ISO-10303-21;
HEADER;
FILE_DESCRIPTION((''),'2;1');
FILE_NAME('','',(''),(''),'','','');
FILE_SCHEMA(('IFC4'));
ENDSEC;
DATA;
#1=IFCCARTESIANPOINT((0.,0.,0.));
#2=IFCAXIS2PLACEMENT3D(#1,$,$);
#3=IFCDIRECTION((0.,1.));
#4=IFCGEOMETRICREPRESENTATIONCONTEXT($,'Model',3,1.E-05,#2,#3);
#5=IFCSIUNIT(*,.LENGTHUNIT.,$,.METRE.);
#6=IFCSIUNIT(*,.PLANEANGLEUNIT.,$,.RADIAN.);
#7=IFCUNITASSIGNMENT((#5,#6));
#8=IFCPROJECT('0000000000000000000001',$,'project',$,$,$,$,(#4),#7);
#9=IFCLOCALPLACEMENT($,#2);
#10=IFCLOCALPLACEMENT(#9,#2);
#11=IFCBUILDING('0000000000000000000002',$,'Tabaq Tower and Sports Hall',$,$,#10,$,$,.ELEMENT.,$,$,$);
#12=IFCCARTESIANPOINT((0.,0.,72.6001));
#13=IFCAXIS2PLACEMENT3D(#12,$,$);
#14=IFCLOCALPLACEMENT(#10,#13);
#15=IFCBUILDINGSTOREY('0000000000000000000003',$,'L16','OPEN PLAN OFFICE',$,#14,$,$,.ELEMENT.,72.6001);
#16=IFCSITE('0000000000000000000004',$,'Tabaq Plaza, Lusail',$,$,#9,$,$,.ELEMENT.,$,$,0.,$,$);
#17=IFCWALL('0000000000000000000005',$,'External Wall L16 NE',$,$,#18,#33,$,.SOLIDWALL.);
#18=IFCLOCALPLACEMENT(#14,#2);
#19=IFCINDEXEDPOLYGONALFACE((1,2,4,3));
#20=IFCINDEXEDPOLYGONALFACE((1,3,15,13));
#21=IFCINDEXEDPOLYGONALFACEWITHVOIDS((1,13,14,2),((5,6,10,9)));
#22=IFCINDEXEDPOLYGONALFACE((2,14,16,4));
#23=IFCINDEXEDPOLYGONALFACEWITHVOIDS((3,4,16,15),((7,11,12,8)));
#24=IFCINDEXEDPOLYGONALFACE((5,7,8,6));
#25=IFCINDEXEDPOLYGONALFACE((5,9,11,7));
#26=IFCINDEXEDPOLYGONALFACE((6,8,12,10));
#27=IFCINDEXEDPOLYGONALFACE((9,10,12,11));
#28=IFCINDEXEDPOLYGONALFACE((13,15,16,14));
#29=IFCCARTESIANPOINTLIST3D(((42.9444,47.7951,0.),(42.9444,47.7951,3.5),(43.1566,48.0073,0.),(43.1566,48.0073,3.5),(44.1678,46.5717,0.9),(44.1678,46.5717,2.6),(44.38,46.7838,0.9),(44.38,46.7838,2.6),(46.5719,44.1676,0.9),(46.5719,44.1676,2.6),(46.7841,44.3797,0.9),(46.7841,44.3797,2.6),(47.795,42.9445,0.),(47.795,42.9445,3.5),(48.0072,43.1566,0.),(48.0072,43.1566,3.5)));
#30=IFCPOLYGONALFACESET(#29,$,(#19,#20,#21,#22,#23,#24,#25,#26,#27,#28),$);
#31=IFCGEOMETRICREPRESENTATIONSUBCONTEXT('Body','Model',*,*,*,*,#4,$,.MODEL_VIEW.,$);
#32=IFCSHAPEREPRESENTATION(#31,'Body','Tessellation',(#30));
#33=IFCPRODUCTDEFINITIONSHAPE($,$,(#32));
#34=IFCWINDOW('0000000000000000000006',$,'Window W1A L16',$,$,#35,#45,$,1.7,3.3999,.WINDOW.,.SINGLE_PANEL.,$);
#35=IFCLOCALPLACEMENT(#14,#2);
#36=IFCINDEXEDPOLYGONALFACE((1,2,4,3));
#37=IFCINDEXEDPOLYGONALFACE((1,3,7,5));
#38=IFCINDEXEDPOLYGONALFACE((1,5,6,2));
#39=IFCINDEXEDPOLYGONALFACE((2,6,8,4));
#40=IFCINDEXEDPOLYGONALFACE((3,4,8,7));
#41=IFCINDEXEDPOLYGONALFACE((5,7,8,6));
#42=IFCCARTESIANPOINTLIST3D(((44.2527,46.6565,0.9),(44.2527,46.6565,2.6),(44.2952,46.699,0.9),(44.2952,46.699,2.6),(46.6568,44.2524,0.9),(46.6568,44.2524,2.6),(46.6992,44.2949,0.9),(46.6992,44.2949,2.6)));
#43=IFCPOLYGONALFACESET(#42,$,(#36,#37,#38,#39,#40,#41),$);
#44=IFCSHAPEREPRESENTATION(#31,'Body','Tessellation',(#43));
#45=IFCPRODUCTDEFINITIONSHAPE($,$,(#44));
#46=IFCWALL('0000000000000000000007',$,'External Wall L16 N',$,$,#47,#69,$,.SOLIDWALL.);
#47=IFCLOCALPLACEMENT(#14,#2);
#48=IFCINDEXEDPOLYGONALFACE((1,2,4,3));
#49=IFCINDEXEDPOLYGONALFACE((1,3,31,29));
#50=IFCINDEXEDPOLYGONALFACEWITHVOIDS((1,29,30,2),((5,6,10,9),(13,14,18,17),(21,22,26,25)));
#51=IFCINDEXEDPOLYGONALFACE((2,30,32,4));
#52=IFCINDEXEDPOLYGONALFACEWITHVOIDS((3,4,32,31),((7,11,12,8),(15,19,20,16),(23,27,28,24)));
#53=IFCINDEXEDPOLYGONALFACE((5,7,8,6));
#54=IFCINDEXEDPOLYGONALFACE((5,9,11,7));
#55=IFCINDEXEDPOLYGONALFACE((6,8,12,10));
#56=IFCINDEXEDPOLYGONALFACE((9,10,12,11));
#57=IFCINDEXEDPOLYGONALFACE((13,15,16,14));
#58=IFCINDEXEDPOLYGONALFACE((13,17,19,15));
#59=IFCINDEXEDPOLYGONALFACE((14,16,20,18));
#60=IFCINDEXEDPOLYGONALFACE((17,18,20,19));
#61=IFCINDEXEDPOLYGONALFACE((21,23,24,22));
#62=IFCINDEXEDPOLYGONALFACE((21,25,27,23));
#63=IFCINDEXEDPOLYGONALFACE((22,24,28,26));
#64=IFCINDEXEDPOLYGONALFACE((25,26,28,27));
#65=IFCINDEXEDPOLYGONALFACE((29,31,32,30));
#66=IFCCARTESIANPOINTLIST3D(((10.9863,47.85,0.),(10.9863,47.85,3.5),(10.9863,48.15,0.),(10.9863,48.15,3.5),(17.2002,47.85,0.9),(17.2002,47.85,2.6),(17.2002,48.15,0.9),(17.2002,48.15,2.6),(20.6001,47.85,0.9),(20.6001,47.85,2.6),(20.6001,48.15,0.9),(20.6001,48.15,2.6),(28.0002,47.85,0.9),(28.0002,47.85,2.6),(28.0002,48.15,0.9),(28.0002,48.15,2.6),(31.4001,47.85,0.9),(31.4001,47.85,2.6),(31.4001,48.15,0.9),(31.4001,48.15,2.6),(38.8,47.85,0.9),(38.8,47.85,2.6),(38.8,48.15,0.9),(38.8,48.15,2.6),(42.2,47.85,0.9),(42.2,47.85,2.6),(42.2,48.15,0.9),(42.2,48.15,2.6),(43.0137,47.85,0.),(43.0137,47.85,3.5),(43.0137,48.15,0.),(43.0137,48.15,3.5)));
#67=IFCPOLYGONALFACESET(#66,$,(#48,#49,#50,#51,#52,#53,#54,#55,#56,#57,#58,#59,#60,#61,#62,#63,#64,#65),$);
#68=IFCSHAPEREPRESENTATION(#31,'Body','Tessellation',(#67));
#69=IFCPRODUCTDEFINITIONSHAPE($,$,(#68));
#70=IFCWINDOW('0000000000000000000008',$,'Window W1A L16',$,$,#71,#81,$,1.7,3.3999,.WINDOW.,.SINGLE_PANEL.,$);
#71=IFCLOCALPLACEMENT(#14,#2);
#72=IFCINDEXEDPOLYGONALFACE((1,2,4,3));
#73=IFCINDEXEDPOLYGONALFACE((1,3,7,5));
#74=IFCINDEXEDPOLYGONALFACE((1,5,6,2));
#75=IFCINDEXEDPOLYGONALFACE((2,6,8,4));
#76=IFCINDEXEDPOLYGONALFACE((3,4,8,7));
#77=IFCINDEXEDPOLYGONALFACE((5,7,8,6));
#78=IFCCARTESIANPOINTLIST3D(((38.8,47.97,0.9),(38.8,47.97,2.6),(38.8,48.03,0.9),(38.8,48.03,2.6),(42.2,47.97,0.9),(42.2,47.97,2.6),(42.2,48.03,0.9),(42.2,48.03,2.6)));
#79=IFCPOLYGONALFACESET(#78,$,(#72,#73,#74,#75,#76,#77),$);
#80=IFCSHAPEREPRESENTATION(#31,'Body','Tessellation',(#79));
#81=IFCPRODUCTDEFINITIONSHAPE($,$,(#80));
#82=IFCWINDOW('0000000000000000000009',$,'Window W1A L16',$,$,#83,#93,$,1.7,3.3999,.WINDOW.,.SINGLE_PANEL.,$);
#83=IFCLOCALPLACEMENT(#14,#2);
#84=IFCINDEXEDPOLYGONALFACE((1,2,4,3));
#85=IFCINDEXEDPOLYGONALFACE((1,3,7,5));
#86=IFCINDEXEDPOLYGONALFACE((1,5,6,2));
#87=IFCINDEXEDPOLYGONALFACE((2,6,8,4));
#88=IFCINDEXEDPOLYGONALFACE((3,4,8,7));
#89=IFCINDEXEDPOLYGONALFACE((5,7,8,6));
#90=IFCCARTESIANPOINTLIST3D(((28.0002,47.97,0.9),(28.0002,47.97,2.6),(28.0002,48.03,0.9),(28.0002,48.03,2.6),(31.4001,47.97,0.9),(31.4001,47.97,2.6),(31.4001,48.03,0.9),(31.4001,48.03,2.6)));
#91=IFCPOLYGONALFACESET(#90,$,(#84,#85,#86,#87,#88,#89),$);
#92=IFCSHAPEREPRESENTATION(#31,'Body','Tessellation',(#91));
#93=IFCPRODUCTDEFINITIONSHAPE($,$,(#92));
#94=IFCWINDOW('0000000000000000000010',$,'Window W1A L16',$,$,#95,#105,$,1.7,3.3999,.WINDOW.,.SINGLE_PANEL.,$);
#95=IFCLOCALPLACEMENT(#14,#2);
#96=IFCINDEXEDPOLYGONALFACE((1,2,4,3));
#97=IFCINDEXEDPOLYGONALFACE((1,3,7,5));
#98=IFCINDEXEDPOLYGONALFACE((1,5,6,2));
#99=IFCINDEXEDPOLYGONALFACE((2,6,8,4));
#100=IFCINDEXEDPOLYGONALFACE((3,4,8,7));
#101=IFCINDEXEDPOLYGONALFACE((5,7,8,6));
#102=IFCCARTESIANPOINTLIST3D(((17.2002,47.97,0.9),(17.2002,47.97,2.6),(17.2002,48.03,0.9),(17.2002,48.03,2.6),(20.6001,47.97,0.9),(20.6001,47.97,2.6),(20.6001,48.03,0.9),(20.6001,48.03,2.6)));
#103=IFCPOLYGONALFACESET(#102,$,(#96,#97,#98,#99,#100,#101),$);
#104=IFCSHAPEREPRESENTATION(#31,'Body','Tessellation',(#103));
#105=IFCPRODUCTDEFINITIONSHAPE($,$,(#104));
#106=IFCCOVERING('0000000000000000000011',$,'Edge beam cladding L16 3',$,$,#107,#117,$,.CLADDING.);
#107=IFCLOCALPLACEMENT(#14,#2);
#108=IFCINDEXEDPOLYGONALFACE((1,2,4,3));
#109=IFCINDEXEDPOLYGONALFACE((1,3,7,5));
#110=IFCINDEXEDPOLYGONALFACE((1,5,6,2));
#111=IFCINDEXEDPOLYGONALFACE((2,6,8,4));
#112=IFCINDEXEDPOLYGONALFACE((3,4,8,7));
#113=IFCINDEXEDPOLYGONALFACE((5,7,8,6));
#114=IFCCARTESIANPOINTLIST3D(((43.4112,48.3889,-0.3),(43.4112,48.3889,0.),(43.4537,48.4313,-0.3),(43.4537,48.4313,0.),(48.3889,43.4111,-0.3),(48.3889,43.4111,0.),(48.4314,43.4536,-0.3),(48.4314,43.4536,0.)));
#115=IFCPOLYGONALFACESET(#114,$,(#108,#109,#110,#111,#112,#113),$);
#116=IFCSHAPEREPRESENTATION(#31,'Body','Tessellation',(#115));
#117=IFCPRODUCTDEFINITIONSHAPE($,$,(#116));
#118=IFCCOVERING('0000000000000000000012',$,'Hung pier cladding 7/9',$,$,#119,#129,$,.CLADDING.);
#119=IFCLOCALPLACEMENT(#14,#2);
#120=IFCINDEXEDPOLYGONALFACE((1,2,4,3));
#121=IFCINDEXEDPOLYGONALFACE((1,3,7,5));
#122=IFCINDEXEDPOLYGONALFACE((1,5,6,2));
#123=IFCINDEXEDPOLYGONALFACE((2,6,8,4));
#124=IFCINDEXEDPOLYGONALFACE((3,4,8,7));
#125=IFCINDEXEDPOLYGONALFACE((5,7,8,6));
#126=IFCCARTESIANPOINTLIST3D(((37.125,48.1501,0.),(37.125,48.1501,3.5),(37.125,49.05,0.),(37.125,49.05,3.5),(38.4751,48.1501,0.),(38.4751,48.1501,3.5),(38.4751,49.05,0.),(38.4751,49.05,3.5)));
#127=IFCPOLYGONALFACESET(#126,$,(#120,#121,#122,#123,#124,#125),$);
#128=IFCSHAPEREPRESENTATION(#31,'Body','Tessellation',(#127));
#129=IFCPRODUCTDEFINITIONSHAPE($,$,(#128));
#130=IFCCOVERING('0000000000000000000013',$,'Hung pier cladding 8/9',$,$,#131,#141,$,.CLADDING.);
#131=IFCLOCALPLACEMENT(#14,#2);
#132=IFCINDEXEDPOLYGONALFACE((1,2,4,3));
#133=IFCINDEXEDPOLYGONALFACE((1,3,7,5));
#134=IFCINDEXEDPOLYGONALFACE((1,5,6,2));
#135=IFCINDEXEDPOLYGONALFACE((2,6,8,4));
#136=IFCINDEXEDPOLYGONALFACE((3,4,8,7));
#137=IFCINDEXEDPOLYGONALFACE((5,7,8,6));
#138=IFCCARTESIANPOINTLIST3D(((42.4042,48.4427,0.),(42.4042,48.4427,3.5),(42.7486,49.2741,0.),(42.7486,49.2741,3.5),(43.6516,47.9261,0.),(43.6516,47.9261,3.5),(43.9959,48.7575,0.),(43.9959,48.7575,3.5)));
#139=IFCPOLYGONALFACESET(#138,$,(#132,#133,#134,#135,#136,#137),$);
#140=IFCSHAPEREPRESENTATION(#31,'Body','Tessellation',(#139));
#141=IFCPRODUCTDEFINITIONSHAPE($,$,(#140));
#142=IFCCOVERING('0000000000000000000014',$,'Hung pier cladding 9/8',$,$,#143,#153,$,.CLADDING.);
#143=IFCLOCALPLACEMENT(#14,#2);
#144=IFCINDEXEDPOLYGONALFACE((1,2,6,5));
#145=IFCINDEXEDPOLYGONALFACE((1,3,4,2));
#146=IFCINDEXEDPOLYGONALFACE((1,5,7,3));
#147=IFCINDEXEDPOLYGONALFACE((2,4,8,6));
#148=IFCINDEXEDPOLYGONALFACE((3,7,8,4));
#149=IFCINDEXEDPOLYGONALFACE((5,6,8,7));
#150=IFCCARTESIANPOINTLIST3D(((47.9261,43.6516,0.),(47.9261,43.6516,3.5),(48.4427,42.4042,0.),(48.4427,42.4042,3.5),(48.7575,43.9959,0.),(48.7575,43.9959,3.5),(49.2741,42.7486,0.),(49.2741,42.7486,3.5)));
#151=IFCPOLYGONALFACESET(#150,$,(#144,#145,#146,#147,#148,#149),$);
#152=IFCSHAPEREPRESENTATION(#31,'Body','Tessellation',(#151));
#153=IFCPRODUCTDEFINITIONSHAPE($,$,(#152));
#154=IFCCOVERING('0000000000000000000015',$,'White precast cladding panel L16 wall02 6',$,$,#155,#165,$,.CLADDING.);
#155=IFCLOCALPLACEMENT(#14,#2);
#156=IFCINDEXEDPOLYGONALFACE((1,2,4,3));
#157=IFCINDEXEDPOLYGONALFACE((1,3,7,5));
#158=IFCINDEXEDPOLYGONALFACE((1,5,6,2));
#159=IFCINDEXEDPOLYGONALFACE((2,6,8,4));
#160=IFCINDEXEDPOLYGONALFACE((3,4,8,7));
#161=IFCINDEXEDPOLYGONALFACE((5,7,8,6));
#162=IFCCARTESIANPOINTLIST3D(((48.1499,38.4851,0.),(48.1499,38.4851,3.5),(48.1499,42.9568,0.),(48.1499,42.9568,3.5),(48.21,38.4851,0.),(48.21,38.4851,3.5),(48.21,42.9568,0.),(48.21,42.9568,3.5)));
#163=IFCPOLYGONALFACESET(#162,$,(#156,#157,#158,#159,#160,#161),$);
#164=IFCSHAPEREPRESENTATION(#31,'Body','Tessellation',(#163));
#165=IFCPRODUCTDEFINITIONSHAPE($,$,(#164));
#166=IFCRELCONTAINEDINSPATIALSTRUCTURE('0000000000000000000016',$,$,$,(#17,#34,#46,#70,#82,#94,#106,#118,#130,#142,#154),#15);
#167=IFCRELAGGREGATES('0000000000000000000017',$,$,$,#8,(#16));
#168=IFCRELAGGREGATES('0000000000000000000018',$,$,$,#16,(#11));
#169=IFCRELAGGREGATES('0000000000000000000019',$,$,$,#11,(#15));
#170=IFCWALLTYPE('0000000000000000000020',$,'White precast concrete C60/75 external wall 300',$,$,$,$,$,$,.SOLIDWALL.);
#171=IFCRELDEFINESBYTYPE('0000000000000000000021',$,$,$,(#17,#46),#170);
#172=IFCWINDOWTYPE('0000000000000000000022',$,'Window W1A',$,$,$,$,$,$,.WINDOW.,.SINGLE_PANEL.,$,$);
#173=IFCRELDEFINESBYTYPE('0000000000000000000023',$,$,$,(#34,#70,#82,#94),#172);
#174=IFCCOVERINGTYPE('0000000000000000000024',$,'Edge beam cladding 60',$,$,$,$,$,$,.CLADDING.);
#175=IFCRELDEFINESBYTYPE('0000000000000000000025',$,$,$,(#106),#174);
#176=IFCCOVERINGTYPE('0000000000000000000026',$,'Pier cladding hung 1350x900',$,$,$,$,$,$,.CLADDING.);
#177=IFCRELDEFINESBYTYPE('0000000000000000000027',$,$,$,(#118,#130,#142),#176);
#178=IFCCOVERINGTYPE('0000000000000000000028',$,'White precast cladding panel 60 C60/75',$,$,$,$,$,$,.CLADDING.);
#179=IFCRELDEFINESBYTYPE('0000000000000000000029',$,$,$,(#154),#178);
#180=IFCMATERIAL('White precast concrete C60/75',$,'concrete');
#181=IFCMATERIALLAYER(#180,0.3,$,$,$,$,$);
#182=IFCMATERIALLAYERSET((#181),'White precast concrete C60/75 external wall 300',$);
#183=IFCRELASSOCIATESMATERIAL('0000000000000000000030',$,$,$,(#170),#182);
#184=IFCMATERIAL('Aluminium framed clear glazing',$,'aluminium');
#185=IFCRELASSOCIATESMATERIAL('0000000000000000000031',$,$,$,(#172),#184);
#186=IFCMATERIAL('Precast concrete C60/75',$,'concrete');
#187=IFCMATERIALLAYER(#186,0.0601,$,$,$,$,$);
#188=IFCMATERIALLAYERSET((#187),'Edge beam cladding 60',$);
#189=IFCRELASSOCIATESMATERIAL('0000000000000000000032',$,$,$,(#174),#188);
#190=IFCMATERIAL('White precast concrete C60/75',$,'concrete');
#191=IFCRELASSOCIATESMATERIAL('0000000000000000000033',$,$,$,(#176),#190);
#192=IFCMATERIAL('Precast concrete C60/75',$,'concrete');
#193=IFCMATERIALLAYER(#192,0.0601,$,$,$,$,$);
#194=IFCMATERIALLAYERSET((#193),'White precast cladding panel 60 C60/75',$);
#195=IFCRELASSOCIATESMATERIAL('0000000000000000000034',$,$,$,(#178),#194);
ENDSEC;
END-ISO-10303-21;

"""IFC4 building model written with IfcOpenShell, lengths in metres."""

from ifc_helpers import new_model, si_unit, direction, frame, frame_2d, origin, place, context, subcontext, project, spatial, rectangle, extrude, material, layer, layer_set, type_object, element, fill, save


model = new_model("IFC4")

# Units and contexts
model_context = context("Model", 3, precision=1e-05, world=origin(), true_north=direction((0.0, 1.0)))
body_context = subcontext(model_context, "Body", "Model", "MODEL_VIEW")
ifc_project = project(units=[si_unit("LENGTHUNIT", "METRE"), si_unit("PLANEANGLEUNIT", "RADIAN")], contexts=[model_context])

# Site, building, storey
site_placement = place(None, origin())
site = spatial("IfcSite", under=ifc_project, at=site_placement, Name="Tabaq Plaza, Lusail", CompositionType="ELEMENT", RefElevation=0.0)
building_placement = place(site_placement, origin())
building = spatial("IfcBuilding", under=site, at=building_placement, Name="Tabaq Tower and Sports Hall", CompositionType="ELEMENT")
storey_placement = place(building_placement, frame((0.0, 0.0, 72.6001)))
storey = spatial("IfcBuildingStorey", under=building, at=storey_placement, Name="L16", Description="OPEN PLAN OFFICE", CompositionType="ELEMENT", Elevation=72.6001)

# Wall, opening, window
ifc_material_1 = material(Name="White precast concrete C60/75", Category="concrete")
ifc_layer_1 = layer(ifc_material_1, 0.3)
ifc_layer_set_1 = layer_set([ifc_layer_1], Name="White precast concrete C60/75 external wall 300")
wall_type_1 = type_object("IfcWallType", Name="White precast concrete C60/75 external wall 300", PredefinedType="SOLIDWALL", material=ifc_layer_set_1)
wall_1_placement = place(storey_placement, frame((47.9011, 43.0505, 0.0), z_axis=(0.0, 0.0, 1.0), x_axis=(-0.707107, 0.707107, 0.0)))
wall_1 = element("IfcWall", 1, at=wall_1_placement, inside=storey, type_object=wall_type_1, Name="External Wall L16 NE", PredefinedType="SOLIDWALL", context=body_context, shape_type="SweptSolid", body=[
    extrude(rectangle(XDim=6.8599, YDim=0.3, at=frame_2d((3.4299, 0.0))), origin(), (0.0, 0.0, 1.0), 3.5),
])
opening_1_placement = place(wall_1_placement, frame((1.7297, 0.0, 0.8999)))
opening_1 = element("IfcOpeningElement", 2, at=opening_1_placement, cuts=wall_1, PredefinedType="OPENING", context=body_context, shape_type="SweptSolid", body=[
    extrude(rectangle(XDim=3.3999, YDim=1.7, at=frame_2d((1.7, 0.8501))), frame((0.0, 0.1602, 0.0), z_axis=(0.0, -1.0, 0.0), x_axis=(1.0, 0.0, 0.0)), (0.0, 0.0, 1.0), 0.3201),
])
ifc_material_2 = material(Name="Aluminium framed clear glazing", Category="aluminium")
window_type = type_object("IfcWindowType", Name="Window W1A", PartitioningType="SINGLE_PANEL", PredefinedType="WINDOW", material=ifc_material_2)
window_1_placement = place(opening_1_placement, origin())
window_1 = element("IfcWindow", 3, at=window_1_placement, inside=storey, type_object=window_type, Name="Window W1A L16", OverallHeight=1.7, OverallWidth=3.3999, PartitioningType="SINGLE_PANEL", PredefinedType="WINDOW", context=body_context, shape_type="SweptSolid", body=[
    extrude(rectangle(XDim=3.3999, YDim=1.7, at=frame_2d((1.7, 0.8501))), frame((0.0, 0.03, 0.0), z_axis=(0.0, -1.0, 0.0), x_axis=(1.0, 0.0, 0.0)), (0.0, 0.0, 1.0), 0.0601),
])
fill(opening_1, window_1)

# Wall, openings, windows
wall_2_placement = place(storey_placement, frame((43.0137, 48.0, 0.0), z_axis=(0.0, 0.0, 1.0), x_axis=(-1.0, 0.0, 0.0)))
wall_2 = element("IfcWall", 4, at=wall_2_placement, inside=storey, type_object=wall_type_1, Name="External Wall L16 N", PredefinedType="SOLIDWALL", context=body_context, shape_type="SweptSolid", body=[
    extrude(rectangle(XDim=32.0273, YDim=0.3, at=frame_2d((16.0137, 0.0))), origin(), (0.0, 0.0, 1.0), 3.5),
])
opening_2_placement = place(wall_2_placement, frame((0.8137, 0.0, 0.8999)))
opening_2 = element("IfcOpeningElement", 5, at=opening_2_placement, cuts=wall_2, PredefinedType="OPENING", context=body_context, shape_type="SweptSolid", body=[
    extrude(rectangle(XDim=3.3999, YDim=1.7, at=frame_2d((1.7, 0.8501))), frame((0.0, 0.1602, 0.0), z_axis=(0.0, -1.0, 0.0), x_axis=(1.0, 0.0, 0.0)), (0.0, 0.0, 1.0), 0.3201),
])
opening_3_placement = place(wall_2_placement, frame((11.6135, 0.0, 0.8999)))
opening_3 = element("IfcOpeningElement", 6, at=opening_3_placement, cuts=wall_2, PredefinedType="OPENING", context=body_context, shape_type="SweptSolid", body=[
    extrude(rectangle(XDim=3.3999, YDim=1.7, at=frame_2d((1.7, 0.8501))), frame((0.0, 0.1602, 0.0), z_axis=(0.0, -1.0, 0.0), x_axis=(1.0, 0.0, 0.0)), (0.0, 0.0, 1.0), 0.3201),
])
opening_4_placement = place(wall_2_placement, frame((22.4136, 0.0, 0.8999)))
opening_4 = element("IfcOpeningElement", 7, at=opening_4_placement, cuts=wall_2, PredefinedType="OPENING", context=body_context, shape_type="SweptSolid", body=[
    extrude(rectangle(XDim=3.3999, YDim=1.7, at=frame_2d((1.7, 0.8501))), frame((0.0, 0.1602, 0.0), z_axis=(0.0, -1.0, 0.0), x_axis=(1.0, 0.0, 0.0)), (0.0, 0.0, 1.0), 0.3201),
])
window_2_placement = place(opening_2_placement, origin())
window_2 = element("IfcWindow", 8, at=window_2_placement, inside=storey, type_object=window_type, Name="Window W1A L16", OverallHeight=1.7, OverallWidth=3.3999, PartitioningType="SINGLE_PANEL", PredefinedType="WINDOW", context=body_context, shape_type="SweptSolid", body=[
    extrude(rectangle(XDim=3.3999, YDim=1.7, at=frame_2d((1.7, 0.8501))), frame((0.0, 0.03, 0.0), z_axis=(0.0, -1.0, 0.0), x_axis=(1.0, 0.0, 0.0)), (0.0, 0.0, 1.0), 0.0601),
])
fill(opening_2, window_2)
window_3_placement = place(opening_3_placement, origin())
window_3 = element("IfcWindow", 9, at=window_3_placement, inside=storey, type_object=window_type, Name="Window W1A L16", OverallHeight=1.7, OverallWidth=3.3999, PartitioningType="SINGLE_PANEL", PredefinedType="WINDOW", context=body_context, shape_type="SweptSolid", body=[
    extrude(rectangle(XDim=3.3999, YDim=1.7, at=frame_2d((1.7, 0.8501))), frame((0.0, 0.03, 0.0), z_axis=(0.0, -1.0, 0.0), x_axis=(1.0, 0.0, 0.0)), (0.0, 0.0, 1.0), 0.0601),
])
fill(opening_3, window_3)
window_4_placement = place(opening_4_placement, origin())
window_4 = element("IfcWindow", 10, at=window_4_placement, inside=storey, type_object=window_type, Name="Window W1A L16", OverallHeight=1.7, OverallWidth=3.3999, PartitioningType="SINGLE_PANEL", PredefinedType="WINDOW", context=body_context, shape_type="SweptSolid", body=[
    extrude(rectangle(XDim=3.3999, YDim=1.7, at=frame_2d((1.7, 0.8501))), frame((0.0, 0.03, 0.0), z_axis=(0.0, -1.0, 0.0), x_axis=(1.0, 0.0, 0.0)), (0.0, 0.0, 1.0), 0.0601),
])
fill(opening_4, window_4)

# Coverings
ifc_material_3 = material(Name="Precast concrete C60/75", Category="concrete")
ifc_layer_2 = layer(ifc_material_3, 0.0601)
ifc_layer_set_2 = layer_set([ifc_layer_2], Name="Edge beam cladding 60")
covering_type_1 = type_object("IfcCoveringType", Name="Edge beam cladding 60", PredefinedType="CLADDING", material=ifc_layer_set_2)
covering_1_placement = place(storey_placement, frame((48.4102, 43.4324, -0.3), z_axis=(0.0, 0.0, 1.0), x_axis=(-0.707107, 0.707107, 0.0)))
element("IfcCovering", 11, at=covering_1_placement, inside=storey, type_object=covering_type_1, Name="Edge beam cladding L16 3", PredefinedType="CLADDING", context=body_context, shape_type="SweptSolid", body=[
    extrude(rectangle(XDim=7.0396, YDim=0.0601, at=frame_2d((3.5198, 0.0))), origin(), (0.0, 0.0, 1.0), 0.3),
])
ifc_material_4 = material(Name="White precast concrete C60/75", Category="concrete")
covering_type_2 = type_object("IfcCoveringType", Name="Pier cladding hung 1350x900", PredefinedType="CLADDING", material=ifc_material_4)
for number, where, z_axis, x_axis, name in (
    (12, (38.4751, 48.6001, 0.0), (0.0, 0.0, 1.0), (-1.0, 0.0, 0.0), "Hung pier cladding 7/9"),
    (13, (43.8237, 48.3418, 0.0), (0.0, 0.0, 1.0), (-0.923893, 0.38265, 0.0), "Hung pier cladding 8/9"),
    (14, (48.8584, 42.5764, 0.0), (0.0, 0.0, 1.0), (-0.38265, 0.923893, 0.0), "Hung pier cladding 9/8"),
):
    element("IfcCovering", number, at=place(storey_placement, frame(where, z_axis=z_axis, x_axis=x_axis)), inside=storey, type_object=covering_type_2, Name=name, PredefinedType="CLADDING", context=body_context, shape_type="SweptSolid", body=[
        extrude(rectangle(XDim=1.3501, YDim=0.8999, at=frame_2d((0.675, 0.0))), origin(), (0.0, 0.0, 1.0), 3.5),
    ])
ifc_material_5 = material(Name="Precast concrete C60/75", Category="concrete")
ifc_layer_3 = layer(ifc_material_5, 0.0601)
ifc_layer_set_3 = layer_set([ifc_layer_3], Name="White precast cladding panel 60 C60/75")
covering_type_3 = type_object("IfcCoveringType", Name="White precast cladding panel 60 C60/75", PredefinedType="CLADDING", material=ifc_layer_set_3)
covering_2_placement = place(storey_placement, frame((48.1799, 38.4851, 0.0), z_axis=(0.0, 0.0, 1.0), x_axis=(0.0, 1.0, 0.0)))
element("IfcCovering", 15, at=covering_2_placement, inside=storey, type_object=covering_type_3, Name="White precast cladding panel L16 wall02 6", PredefinedType="CLADDING", context=body_context, shape_type="SweptSolid", body=[
    extrude(rectangle(XDim=4.4717, YDim=0.0601, at=frame_2d((2.2358, 0.0))), origin(), (0.0, 0.0, 1.0), 3.5),
])

save(model, "model.ifc")
